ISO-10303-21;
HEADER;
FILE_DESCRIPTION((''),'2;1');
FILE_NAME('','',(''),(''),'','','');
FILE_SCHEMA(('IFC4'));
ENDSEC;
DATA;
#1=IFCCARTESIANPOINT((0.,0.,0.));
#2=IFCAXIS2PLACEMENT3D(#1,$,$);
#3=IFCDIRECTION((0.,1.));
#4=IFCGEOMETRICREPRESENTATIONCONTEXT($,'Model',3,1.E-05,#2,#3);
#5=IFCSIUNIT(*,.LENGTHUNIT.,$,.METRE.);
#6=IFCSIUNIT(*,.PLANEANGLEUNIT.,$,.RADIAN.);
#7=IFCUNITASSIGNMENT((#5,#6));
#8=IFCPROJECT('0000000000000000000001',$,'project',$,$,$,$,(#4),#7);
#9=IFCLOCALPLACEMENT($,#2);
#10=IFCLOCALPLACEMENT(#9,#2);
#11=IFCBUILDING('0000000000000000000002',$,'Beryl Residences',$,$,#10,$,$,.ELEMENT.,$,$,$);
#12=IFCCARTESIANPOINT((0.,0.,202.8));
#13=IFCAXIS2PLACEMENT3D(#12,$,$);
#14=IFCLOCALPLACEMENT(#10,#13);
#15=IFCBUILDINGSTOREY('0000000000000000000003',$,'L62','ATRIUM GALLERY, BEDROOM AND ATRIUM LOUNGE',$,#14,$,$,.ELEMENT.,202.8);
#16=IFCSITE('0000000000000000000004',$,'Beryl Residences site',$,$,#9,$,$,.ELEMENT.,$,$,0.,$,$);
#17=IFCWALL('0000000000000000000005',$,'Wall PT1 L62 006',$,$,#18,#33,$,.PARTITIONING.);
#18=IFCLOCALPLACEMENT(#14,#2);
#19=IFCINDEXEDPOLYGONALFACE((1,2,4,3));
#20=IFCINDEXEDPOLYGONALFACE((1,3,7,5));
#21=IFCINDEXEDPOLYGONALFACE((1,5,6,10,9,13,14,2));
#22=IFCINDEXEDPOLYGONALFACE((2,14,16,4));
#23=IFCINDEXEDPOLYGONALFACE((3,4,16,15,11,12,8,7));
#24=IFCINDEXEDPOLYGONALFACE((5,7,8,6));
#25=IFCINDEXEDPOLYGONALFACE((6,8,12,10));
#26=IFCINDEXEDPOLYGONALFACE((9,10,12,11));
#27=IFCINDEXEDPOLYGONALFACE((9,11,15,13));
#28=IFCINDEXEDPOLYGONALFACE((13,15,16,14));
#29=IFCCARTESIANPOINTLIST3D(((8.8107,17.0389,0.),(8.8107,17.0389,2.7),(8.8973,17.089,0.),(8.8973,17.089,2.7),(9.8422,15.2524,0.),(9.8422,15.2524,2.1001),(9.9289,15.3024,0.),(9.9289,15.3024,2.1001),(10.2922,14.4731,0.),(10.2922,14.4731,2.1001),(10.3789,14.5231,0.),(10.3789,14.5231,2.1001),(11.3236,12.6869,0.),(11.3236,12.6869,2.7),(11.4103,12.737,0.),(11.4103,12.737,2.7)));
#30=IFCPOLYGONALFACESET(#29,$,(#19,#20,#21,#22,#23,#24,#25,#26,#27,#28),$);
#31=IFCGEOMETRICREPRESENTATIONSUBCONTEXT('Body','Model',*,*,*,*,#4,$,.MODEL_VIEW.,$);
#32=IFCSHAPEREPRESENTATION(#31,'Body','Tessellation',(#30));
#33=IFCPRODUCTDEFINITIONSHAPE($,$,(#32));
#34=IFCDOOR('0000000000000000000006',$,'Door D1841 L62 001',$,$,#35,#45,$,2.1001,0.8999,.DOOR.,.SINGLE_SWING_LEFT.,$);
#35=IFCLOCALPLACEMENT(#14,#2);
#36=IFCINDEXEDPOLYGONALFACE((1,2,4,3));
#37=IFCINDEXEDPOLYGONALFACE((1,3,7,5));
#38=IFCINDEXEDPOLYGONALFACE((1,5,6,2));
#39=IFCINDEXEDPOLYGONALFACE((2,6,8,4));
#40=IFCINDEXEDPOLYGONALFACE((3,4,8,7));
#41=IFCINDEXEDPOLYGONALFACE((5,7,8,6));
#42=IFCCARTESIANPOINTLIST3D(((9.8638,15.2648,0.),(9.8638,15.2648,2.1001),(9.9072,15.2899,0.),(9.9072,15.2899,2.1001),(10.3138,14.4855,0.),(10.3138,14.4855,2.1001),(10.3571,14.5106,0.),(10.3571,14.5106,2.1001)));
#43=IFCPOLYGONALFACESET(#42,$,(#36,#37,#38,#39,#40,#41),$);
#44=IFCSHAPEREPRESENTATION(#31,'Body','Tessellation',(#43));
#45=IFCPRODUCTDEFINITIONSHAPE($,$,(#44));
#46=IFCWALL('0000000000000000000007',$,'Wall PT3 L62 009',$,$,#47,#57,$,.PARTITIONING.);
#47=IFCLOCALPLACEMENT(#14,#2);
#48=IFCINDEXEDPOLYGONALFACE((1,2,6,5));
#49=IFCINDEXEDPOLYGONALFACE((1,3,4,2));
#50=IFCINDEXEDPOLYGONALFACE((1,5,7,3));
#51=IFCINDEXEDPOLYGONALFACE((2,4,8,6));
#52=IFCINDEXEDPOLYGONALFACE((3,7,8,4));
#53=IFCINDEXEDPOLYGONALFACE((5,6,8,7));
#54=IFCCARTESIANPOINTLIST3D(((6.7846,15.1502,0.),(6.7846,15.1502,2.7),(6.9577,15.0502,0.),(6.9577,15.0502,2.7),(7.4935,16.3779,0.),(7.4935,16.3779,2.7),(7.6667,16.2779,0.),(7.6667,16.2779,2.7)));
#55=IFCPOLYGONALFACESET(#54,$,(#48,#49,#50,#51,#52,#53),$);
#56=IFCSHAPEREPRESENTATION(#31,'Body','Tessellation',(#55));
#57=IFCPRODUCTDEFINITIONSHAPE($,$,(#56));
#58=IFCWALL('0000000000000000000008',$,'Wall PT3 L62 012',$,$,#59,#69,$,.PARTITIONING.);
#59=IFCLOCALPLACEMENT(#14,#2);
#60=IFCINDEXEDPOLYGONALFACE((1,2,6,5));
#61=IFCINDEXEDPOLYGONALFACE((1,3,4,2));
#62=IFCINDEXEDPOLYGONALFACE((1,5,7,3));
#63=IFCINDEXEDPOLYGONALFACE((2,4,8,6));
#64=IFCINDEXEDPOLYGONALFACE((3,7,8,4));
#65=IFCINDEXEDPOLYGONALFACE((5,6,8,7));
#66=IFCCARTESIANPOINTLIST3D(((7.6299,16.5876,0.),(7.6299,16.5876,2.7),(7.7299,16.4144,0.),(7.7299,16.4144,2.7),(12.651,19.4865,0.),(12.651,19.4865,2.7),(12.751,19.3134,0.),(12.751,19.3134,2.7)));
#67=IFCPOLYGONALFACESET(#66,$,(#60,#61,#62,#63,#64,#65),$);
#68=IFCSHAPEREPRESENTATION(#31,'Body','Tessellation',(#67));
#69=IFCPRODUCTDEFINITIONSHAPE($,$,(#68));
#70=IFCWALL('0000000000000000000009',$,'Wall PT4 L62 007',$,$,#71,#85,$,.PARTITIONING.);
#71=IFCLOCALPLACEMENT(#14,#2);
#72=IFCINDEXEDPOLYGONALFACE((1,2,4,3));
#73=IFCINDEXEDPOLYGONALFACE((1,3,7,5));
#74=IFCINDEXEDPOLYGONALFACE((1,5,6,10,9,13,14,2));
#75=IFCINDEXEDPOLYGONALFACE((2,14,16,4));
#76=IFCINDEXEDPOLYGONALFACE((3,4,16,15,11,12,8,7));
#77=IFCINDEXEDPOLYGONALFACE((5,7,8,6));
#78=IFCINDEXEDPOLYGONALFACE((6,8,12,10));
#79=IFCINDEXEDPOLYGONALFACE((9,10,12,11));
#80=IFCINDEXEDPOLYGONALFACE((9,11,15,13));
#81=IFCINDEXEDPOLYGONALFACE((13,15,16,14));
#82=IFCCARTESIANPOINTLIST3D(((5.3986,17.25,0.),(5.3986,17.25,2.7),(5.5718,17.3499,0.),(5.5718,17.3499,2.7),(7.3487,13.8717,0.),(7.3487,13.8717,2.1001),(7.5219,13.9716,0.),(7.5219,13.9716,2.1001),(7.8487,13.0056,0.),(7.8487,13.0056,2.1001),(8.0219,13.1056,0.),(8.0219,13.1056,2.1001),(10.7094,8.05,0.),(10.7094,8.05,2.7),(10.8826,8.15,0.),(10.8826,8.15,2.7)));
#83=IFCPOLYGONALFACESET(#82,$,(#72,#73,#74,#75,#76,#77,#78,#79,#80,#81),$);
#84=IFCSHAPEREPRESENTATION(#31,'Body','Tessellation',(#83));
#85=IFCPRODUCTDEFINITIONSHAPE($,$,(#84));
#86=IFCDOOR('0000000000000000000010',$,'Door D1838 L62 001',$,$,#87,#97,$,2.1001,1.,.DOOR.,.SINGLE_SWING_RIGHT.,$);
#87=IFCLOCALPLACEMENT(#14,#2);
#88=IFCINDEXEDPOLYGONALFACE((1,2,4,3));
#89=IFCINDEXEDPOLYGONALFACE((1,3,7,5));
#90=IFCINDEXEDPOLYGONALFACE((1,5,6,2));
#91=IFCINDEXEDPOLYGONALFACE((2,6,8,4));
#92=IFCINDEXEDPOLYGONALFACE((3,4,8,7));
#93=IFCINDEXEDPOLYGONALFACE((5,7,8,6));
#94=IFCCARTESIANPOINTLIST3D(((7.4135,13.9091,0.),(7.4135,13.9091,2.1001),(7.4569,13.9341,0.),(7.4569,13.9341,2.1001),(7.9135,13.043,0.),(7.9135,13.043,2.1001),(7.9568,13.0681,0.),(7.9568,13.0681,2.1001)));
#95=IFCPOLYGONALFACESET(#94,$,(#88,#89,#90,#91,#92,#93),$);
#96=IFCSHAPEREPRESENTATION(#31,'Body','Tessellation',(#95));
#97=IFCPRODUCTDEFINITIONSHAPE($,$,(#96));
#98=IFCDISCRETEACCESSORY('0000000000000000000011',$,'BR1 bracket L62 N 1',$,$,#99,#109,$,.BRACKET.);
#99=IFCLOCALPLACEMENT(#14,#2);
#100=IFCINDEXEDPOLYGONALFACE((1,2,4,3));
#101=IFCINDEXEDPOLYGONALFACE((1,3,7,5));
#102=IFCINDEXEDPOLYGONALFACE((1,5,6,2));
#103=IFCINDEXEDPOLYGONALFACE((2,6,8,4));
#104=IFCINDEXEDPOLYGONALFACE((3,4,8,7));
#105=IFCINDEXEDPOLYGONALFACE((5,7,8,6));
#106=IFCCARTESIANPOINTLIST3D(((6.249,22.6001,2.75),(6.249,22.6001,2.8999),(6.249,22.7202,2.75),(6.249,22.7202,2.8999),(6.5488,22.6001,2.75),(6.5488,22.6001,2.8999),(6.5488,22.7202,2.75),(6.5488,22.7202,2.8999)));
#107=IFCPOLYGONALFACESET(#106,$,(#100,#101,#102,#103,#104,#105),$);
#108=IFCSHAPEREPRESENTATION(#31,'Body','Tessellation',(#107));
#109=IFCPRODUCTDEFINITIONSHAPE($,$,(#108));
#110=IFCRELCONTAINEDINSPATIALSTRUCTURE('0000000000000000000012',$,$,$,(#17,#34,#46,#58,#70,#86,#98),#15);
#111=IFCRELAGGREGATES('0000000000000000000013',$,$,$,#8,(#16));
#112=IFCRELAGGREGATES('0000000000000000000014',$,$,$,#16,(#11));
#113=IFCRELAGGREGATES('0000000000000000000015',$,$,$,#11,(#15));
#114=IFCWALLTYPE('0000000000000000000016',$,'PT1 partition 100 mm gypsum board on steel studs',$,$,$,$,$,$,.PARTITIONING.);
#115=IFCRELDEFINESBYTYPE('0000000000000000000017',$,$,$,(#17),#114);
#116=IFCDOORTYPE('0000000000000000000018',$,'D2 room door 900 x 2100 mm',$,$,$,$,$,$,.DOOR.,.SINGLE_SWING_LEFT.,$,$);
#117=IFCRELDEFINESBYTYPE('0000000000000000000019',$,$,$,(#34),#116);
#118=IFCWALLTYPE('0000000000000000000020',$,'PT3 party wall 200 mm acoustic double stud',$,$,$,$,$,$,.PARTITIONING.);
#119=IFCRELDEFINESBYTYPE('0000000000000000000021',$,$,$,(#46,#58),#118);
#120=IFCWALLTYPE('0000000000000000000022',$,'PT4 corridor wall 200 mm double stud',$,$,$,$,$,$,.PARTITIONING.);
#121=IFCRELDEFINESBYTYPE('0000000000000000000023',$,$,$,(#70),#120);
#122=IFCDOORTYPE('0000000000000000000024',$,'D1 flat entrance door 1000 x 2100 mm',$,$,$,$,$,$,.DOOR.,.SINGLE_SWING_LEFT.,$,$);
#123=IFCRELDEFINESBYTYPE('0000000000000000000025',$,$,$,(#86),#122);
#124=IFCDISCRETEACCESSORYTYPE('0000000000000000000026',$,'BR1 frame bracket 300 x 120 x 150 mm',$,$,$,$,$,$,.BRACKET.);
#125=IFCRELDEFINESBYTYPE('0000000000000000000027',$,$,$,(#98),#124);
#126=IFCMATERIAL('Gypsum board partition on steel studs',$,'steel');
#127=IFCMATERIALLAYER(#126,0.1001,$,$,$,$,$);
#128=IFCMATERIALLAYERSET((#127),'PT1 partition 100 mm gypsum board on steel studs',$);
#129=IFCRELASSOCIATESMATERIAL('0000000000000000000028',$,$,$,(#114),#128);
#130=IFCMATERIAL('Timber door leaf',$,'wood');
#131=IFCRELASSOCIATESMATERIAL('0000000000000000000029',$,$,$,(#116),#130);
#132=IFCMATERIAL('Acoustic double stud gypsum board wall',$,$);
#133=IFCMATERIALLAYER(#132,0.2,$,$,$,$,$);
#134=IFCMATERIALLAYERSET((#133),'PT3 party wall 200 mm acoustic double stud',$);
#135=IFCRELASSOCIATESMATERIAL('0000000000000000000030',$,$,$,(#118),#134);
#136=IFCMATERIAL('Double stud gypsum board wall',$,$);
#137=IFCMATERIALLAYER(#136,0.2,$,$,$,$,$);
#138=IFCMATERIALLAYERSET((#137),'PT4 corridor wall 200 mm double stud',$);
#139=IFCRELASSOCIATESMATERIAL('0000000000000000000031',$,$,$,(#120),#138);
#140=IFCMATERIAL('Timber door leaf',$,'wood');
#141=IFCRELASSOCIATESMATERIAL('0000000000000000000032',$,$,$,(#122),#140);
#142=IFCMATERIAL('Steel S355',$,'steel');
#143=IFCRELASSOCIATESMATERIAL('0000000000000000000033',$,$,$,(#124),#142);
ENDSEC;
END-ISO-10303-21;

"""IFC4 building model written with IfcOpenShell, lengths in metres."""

from ifc_helpers import new_model, si_unit, direction, frame, frame_2d, origin, place, context, subcontext, project, spatial, polyline, rectangle, outline, extrude, source, transform, mapped, material, layer, layer_set, type_object, type_shapes, element, fill, save


model = new_model("IFC4")

# Units and contexts
model_context = context("Model", 3, precision=1e-05, world=origin(), true_north=direction((0.0, 1.0)))
body_context = subcontext(model_context, "Body", "Model", "MODEL_VIEW")
ifc_project = project(units=[si_unit("LENGTHUNIT", "METRE"), si_unit("PLANEANGLEUNIT", "RADIAN")], contexts=[model_context])

# Site, building, storey
site_placement = place(None, origin())
site = spatial("IfcSite", under=ifc_project, at=site_placement, Name="Beryl Residences site", CompositionType="ELEMENT", RefElevation=0.0)
building_placement = place(site_placement, origin())
building = spatial("IfcBuilding", under=site, at=building_placement, Name="Beryl Residences", CompositionType="ELEMENT")
storey_placement = place(building_placement, frame((0.0, 0.0, 202.8)))
storey = spatial("IfcBuildingStorey", under=building, at=storey_placement, Name="L62", Description="ATRIUM GALLERY, BEDROOM AND ATRIUM LOUNGE", CompositionType="ELEMENT", Elevation=202.8)

# Shared definitions
ifc_material_1 = material(Name="Gypsum board partition on steel studs", Category="steel")
ifc_layer_1 = layer(ifc_material_1, 0.1001)
ifc_layer_set_1 = layer_set([ifc_layer_1], Name="PT1 partition 100 mm gypsum board on steel studs")
wall_type_1 = type_object("IfcWallType", Name="PT1 partition 100 mm gypsum board on steel studs", PredefinedType="PARTITIONING", material=ifc_layer_set_1)

# Wall, opening, door
wall_1_placement = place(storey_placement, frame((8.854, 17.064, 0.0), z_axis=(0.0, 0.0, 1.0), x_axis=(0.500042, -0.866001, 0.0)))
wall_1 = element("IfcWall", 1, at=wall_1_placement, inside=storey, type_object=wall_type_1, Name="Wall PT1 L62 006", PredefinedType="PARTITIONING", context=body_context, shape_type="SweptSolid", body=[
    extrude(rectangle(XDim=5.0254, YDim=0.1001, at=frame_2d((2.5127, 0.0))), origin(), (0.0, 0.0, 1.0), 2.7),
])
opening_1_placement = place(wall_1_placement, frame((2.063, 0.0, 0.0)))
opening_1 = element("IfcOpeningElement", 2, at=opening_1_placement, cuts=wall_1, PredefinedType="OPENING", context=body_context, shape_type="SweptSolid", body=[
    extrude(rectangle(XDim=0.8999, YDim=2.1001, at=frame_2d((0.45, 1.05))), frame((0.0, 0.0601, 0.0), z_axis=(0.0, -1.0, 0.0), x_axis=(1.0, 0.0, 0.0)), (0.0, 0.0, 1.0), 0.1201),
])
ifc_material_2 = material(Name="Timber door leaf", Category="wood")
door_type_1 = type_object("IfcDoorType", Name="D2 room door 900 x 2100 mm", OperationType="SINGLE_SWING_LEFT", PredefinedType="DOOR", material=ifc_material_2)
door_1_placement = place(opening_1_placement, origin())
door_1 = element("IfcDoor", 3, at=door_1_placement, inside=storey, type_object=door_type_1, Name="Door D1841 L62 001", OperationType="SINGLE_SWING_LEFT", OverallHeight=2.1001, OverallWidth=0.8999, PredefinedType="DOOR", context=body_context, shape_type="SweptSolid", body=[
    extrude(rectangle(XDim=0.8999, YDim=2.1001, at=frame_2d((0.45, 1.05))), frame((0.0, 0.0249, 0.0), z_axis=(0.0, -1.0, 0.0), x_axis=(1.0, 0.0, 0.0)), (0.0, 0.0, 1.0), 0.05),
])
fill(opening_1, door_1)

# Walls
ifc_material_3 = material(Name="Acoustic double stud gypsum board wall")
ifc_layer_2 = layer(ifc_material_3, 0.2)
ifc_layer_set_2 = layer_set([ifc_layer_2], Name="PT3 party wall 200 mm acoustic double stud")
wall_type_2 = type_object("IfcWallType", Name="PT3 party wall 200 mm acoustic double stud", PredefinedType="PARTITIONING", material=ifc_layer_set_2)
wall_2_placement = place(storey_placement, frame((6.8711, 15.1001, 0.0), z_axis=(0.0, 0.0, 1.0), x_axis=(0.500065, 0.865988, 0.0)))
element("IfcWall", 4, at=wall_2_placement, inside=storey, type_object=wall_type_2, Name="Wall PT3 L62 009", PredefinedType="PARTITIONING", context=body_context, shape_type="SweptSolid", body=[
    extrude(rectangle(XDim=1.4177, YDim=0.2, at=frame_2d((0.709, 0.0))), origin(), (0.0, 0.0, 1.0), 2.7),
])
wall_3_placement = place(storey_placement, frame((7.6799, 16.501, 0.0), z_axis=(0.0, 0.0, 1.0), x_axis=(0.866021, 0.500007, 0.0)))
element("IfcWall", 5, at=wall_3_placement, inside=storey, type_object=wall_type_2, Name="Wall PT3 L62 012", PredefinedType="PARTITIONING", context=body_context, shape_type="SweptSolid", body=[
    extrude(rectangle(XDim=5.7979, YDim=0.2, at=frame_2d((2.8989, 0.0))), origin(), (0.0, 0.0, 1.0), 2.7),
])

# Wall, opening, door
ifc_material_4 = material(Name="Double stud gypsum board wall")
ifc_layer_3 = layer(ifc_material_4, 0.2)
ifc_layer_set_3 = layer_set([ifc_layer_3], Name="PT4 corridor wall 200 mm double stud")
wall_type_3 = type_object("IfcWallType", Name="PT4 corridor wall 200 mm double stud", PredefinedType="PARTITIONING", material=ifc_layer_set_3)
wall_4_placement = place(storey_placement, frame((5.4851, 17.3, 0.0), z_axis=(0.0, 0.0, 1.0), x_axis=(0.499943, -0.866058, 0.0)))
wall_4 = element("IfcWall", 6, at=wall_4_placement, inside=storey, type_object=wall_type_3, Name="Wall PT4 L62 007", PredefinedType="PARTITIONING", context=body_context, shape_type="SweptSolid", body=[
    extrude(rectangle(XDim=10.6228, YDim=0.2, at=frame_2d((5.3115, 0.0))), origin(), (0.0, 0.0, 1.0), 2.7),
])
opening_2_placement = place(wall_4_placement, frame((3.9009, 0.0, 0.0)))
opening_2 = element("IfcOpeningElement", 7, at=opening_2_placement, cuts=wall_4, PredefinedType="OPENING", context=body_context, shape_type="SweptSolid", body=[
    extrude(rectangle(XDim=1.0, YDim=2.1001, at=frame_2d((0.5, 1.05))), frame((0.0, 0.1099, 0.0), z_axis=(0.0, -1.0, 0.0), x_axis=(1.0, 0.0, 0.0)), (0.0, 0.0, 1.0), 0.22),
])
ifc_material_5 = material(Name="Timber door leaf", Category="wood")
door_type_2 = type_object("IfcDoorType", Name="D1 flat entrance door 1000 x 2100 mm", OperationType="SINGLE_SWING_LEFT", PredefinedType="DOOR", material=ifc_material_5)
door_2_placement = place(opening_2_placement, origin())
door_2 = element("IfcDoor", 8, at=door_2_placement, inside=storey, type_object=door_type_2, Name="Door D1838 L62 001", OperationType="SINGLE_SWING_RIGHT", OverallHeight=2.1001, OverallWidth=1.0, PredefinedType="DOOR", context=body_context, shape_type="SweptSolid", body=[
    extrude(rectangle(XDim=1.0, YDim=2.1001, at=frame_2d((0.5, 1.05))), frame((0.0, 0.0249, 0.0), z_axis=(0.0, -1.0, 0.0), x_axis=(1.0, 0.0, 0.0)), (0.0, 0.0, 1.0), 0.05),
])
fill(opening_2, door_2)

# Discrete accessory
ifc_material_6 = material(Name="Steel S355", Category="steel")
discrete_accessory_type = type_object("IfcDiscreteAccessoryType", Name="BR1 frame bracket 300 x 120 x 150 mm", PredefinedType="BRACKET", material=ifc_material_6)
shared_shape_1 = source(origin(), body_context, "Body", "SweptSolid", [
    extrude(outline(polyline([(-0.1499, 0.0), (0.1499, 0.0), (0.1499, 0.1201), (-0.1499, 0.1201), (-0.1499, 0.0)])), origin(), (0.0, 0.0, 1.0), 0.1499),
])
type_shapes(discrete_accessory_type, [shared_shape_1])
discrete_accessory_placement = place(storey_placement, frame((6.3989, 22.6001, 2.75), z_axis=(0.0, 0.0, 1.0), x_axis=(1.0, 0.0, 0.0)))
element("IfcDiscreteAccessory", 9, at=discrete_accessory_placement, inside=storey, type_object=discrete_accessory_type, Name="BR1 bracket L62 N 1", PredefinedType="BRACKET", context=body_context, shape_type="MappedRepresentation", body=[
    mapped(shared_shape_1, transform((0.0, 0.0, 0.0))),
])

save(model, "model.ifc")
